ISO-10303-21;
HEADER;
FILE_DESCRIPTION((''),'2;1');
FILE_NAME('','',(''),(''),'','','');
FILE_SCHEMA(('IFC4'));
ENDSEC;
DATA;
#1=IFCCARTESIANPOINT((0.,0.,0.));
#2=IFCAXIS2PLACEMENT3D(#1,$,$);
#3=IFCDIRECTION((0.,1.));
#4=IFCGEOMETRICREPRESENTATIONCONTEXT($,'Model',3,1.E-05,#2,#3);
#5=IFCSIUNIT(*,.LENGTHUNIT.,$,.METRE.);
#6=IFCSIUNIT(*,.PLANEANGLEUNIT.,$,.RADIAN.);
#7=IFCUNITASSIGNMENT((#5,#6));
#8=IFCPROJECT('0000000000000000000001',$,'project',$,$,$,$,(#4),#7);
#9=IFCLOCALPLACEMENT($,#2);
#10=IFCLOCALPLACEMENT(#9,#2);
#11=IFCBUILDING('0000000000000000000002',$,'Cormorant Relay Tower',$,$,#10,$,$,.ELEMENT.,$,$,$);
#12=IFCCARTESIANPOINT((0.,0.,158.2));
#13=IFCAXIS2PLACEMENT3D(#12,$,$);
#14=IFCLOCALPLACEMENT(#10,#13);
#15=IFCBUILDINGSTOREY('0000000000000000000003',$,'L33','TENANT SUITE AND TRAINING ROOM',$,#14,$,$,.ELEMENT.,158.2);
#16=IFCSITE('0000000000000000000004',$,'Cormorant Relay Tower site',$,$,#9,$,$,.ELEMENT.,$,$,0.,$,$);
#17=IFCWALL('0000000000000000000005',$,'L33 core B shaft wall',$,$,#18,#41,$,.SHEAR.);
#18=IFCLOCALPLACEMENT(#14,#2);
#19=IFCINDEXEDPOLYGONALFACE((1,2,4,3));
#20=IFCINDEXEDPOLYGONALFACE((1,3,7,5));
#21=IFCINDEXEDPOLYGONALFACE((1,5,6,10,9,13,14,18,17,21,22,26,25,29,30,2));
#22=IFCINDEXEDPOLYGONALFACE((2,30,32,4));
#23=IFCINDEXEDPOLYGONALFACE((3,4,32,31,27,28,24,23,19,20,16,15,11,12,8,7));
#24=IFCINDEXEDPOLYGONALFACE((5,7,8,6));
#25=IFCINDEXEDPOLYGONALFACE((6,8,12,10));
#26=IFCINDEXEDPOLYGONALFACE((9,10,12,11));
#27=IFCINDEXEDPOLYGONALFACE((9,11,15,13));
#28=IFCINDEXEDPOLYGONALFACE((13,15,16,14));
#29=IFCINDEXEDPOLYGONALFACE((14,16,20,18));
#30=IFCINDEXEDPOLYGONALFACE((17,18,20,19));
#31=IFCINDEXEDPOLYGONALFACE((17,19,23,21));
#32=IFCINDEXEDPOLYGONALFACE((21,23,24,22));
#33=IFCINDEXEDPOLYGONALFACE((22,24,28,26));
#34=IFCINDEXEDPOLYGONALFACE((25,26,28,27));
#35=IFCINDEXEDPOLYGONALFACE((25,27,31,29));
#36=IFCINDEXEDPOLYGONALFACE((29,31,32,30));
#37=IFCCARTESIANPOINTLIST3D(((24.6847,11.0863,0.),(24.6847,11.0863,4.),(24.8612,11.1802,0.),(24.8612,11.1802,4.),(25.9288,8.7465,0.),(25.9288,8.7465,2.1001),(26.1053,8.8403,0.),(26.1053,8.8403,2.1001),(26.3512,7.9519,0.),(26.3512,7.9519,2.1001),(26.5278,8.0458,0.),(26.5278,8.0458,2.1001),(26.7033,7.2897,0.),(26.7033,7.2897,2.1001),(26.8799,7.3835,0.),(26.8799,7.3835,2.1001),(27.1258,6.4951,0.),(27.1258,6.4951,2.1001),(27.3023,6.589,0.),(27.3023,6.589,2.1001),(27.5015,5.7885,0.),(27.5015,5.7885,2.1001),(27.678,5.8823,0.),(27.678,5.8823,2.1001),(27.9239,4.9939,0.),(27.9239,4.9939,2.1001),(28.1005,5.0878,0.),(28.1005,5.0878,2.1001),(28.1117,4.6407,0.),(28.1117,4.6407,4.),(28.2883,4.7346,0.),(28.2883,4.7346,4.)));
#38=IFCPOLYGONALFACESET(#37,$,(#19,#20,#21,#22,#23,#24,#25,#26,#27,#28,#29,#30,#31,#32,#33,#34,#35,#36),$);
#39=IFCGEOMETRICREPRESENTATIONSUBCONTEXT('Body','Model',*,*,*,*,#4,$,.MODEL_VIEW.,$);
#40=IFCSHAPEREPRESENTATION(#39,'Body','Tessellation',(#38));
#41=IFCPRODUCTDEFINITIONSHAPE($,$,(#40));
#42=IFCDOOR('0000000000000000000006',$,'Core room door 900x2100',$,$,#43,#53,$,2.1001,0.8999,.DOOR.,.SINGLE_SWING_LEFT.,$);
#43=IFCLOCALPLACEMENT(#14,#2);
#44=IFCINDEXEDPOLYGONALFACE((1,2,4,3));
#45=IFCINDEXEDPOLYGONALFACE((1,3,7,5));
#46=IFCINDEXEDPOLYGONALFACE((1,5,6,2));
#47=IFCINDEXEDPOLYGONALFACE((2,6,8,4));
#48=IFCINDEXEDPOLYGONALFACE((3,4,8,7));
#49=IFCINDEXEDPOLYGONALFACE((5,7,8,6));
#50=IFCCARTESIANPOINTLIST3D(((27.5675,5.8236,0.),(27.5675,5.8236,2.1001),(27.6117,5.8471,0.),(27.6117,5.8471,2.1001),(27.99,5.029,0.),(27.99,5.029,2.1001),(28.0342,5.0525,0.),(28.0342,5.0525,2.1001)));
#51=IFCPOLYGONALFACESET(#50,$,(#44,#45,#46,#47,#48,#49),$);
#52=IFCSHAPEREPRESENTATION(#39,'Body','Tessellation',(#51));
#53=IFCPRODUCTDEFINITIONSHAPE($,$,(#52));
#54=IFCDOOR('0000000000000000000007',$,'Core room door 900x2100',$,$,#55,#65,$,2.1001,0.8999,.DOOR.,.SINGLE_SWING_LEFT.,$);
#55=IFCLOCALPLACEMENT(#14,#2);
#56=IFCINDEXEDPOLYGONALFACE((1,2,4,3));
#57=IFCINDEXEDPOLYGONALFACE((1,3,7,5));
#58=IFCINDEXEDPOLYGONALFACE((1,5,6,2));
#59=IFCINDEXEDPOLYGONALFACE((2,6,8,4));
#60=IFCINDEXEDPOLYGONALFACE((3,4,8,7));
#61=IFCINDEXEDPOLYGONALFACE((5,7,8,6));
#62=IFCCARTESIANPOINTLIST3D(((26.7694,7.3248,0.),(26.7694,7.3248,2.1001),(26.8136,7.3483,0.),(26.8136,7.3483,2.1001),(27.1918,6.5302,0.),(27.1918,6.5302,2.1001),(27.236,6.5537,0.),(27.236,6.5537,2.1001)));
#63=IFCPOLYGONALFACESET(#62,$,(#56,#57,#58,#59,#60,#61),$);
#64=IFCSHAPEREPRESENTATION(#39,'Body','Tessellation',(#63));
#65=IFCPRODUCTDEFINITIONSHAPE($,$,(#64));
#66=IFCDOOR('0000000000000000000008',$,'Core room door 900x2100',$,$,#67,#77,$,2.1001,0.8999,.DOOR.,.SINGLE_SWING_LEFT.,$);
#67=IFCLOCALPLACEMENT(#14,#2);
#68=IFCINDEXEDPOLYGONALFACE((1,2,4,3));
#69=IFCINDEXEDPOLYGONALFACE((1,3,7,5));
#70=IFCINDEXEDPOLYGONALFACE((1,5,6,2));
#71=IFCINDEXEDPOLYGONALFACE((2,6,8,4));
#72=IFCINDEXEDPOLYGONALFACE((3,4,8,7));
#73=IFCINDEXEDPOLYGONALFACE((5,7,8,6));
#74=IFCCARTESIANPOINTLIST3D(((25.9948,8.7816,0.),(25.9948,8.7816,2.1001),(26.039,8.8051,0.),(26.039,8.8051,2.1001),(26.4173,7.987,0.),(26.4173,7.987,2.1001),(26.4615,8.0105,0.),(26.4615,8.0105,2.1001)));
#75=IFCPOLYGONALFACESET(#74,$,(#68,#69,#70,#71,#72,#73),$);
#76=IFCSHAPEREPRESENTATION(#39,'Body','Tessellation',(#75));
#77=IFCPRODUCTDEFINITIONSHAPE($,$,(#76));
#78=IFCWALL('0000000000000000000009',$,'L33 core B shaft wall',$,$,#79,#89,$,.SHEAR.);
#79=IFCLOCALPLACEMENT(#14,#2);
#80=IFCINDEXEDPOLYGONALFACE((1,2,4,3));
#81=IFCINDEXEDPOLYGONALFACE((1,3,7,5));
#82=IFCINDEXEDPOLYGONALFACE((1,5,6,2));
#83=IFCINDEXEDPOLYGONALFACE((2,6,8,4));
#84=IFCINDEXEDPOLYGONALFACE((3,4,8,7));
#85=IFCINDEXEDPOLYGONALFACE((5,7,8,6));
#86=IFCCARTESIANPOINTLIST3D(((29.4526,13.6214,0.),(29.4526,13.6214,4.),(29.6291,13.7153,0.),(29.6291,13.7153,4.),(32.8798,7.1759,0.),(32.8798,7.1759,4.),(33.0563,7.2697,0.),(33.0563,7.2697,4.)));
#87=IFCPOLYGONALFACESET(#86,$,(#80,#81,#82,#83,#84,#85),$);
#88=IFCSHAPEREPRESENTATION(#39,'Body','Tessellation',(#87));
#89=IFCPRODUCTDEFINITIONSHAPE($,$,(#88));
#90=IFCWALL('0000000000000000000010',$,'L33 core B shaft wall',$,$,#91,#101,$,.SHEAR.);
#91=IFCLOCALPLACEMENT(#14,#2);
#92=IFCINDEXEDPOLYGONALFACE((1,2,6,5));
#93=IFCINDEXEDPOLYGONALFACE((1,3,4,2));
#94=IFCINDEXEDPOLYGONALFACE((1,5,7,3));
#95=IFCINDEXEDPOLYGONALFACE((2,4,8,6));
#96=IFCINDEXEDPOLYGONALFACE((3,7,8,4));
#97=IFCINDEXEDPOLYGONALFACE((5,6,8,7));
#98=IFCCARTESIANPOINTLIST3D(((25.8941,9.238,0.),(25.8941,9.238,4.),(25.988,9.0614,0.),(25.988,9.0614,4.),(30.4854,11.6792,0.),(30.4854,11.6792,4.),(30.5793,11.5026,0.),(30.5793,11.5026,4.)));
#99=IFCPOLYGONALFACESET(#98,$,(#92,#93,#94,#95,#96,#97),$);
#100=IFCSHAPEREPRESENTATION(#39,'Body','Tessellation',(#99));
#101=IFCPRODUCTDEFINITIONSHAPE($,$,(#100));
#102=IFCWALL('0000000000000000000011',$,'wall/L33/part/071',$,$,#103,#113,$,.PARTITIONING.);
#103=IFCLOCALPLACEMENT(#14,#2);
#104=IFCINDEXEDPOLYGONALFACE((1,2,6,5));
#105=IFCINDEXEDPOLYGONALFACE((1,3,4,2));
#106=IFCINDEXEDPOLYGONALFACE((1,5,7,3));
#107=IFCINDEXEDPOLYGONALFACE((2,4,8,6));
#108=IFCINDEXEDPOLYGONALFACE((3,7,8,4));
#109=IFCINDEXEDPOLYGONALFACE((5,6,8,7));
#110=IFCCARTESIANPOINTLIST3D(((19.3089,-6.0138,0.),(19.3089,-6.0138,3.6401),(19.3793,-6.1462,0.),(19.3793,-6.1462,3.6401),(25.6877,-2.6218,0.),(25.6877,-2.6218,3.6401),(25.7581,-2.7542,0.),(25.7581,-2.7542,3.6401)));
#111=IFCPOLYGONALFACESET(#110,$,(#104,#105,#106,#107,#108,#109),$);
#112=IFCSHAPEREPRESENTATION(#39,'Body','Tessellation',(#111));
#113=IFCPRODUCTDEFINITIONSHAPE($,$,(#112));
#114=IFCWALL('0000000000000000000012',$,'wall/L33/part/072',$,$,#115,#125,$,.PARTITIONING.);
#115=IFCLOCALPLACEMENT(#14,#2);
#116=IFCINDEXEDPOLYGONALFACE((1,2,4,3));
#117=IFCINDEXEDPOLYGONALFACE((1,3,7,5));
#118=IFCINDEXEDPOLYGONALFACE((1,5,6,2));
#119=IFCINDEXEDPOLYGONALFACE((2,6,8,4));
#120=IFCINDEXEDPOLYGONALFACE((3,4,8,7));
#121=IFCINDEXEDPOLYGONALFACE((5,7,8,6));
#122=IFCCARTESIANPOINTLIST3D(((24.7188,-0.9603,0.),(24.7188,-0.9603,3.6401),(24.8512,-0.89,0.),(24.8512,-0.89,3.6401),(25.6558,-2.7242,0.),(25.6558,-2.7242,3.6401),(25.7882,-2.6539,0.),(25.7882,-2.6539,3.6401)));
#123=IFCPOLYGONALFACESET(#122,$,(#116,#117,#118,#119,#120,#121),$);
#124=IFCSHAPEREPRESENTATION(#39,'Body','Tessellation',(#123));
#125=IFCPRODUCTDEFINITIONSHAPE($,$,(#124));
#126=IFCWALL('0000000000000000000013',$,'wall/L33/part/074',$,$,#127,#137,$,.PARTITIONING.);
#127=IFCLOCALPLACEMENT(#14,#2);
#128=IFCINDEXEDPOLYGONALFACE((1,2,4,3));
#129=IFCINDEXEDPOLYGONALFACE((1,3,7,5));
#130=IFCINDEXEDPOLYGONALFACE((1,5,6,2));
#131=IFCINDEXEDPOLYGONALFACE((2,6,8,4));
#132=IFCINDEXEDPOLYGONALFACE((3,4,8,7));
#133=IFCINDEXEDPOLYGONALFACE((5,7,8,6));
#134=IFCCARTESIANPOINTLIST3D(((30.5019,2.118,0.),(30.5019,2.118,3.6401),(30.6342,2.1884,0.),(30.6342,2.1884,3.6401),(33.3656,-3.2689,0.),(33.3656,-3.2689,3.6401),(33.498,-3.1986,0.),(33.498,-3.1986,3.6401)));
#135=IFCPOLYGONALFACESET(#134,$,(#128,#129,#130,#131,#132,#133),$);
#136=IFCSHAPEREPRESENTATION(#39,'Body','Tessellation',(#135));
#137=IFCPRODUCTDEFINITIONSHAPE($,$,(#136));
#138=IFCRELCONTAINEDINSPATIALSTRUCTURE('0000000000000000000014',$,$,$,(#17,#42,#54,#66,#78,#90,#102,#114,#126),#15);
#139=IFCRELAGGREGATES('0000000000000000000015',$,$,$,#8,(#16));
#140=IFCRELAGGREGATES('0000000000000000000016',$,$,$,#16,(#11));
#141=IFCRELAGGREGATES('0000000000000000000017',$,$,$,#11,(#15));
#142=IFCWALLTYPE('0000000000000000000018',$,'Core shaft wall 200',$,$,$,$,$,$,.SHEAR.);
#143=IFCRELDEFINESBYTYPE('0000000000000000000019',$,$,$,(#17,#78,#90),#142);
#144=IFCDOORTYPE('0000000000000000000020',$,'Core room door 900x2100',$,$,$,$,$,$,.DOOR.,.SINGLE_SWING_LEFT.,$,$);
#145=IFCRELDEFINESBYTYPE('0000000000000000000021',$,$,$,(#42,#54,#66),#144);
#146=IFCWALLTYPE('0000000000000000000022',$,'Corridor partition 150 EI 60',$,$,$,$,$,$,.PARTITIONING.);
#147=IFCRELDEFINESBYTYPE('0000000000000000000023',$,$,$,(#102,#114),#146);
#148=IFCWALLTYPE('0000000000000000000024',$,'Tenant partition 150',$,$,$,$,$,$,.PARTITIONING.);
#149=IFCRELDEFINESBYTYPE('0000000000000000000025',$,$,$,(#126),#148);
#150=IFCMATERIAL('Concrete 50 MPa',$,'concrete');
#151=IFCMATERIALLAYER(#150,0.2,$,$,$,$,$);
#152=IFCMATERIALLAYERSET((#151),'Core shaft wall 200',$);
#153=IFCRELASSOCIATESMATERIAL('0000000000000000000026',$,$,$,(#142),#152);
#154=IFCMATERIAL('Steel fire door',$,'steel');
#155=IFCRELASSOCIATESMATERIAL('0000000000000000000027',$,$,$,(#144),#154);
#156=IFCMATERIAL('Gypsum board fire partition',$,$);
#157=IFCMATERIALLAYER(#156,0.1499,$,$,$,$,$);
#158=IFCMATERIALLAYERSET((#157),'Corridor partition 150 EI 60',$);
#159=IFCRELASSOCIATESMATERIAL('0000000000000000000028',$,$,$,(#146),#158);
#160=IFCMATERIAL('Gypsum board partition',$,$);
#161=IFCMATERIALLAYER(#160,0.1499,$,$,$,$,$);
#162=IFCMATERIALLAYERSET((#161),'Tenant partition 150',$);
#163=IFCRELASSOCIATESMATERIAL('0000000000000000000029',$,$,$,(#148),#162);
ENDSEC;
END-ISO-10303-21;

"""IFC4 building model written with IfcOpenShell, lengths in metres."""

from ifc_helpers import new_model, si_unit, direction, frame, frame_2d, origin, place, context, subcontext, project, spatial, rectangle, extrude, material, layer, layer_set, type_object, element, fill, save


model = new_model("IFC4")

# Units and contexts
model_context = context("Model", 3, precision=1e-05, world=origin(), true_north=direction((0.0, 1.0)))
body_context = subcontext(model_context, "Body", "Model", "MODEL_VIEW")
ifc_project = project(units=[si_unit("LENGTHUNIT", "METRE"), si_unit("PLANEANGLEUNIT", "RADIAN")], contexts=[model_context])

# Site, building, storey
site_placement = place(None, origin())
site = spatial("IfcSite", under=ifc_project, at=site_placement, Name="Cormorant Relay Tower site", CompositionType="ELEMENT", RefElevation=0.0)
building_placement = place(site_placement, origin())
building = spatial("IfcBuilding", under=site, at=building_placement, Name="Cormorant Relay Tower", CompositionType="ELEMENT")
storey_placement = place(building_placement, frame((0.0, 0.0, 158.2)))
storey = spatial("IfcBuildingStorey", under=building, at=storey_placement, Name="L33", Description="TENANT SUITE AND TRAINING ROOM", CompositionType="ELEMENT", Elevation=158.2)

# Shared definitions
ifc_material_1 = material(Name="Concrete 50 MPa", Category="concrete")
ifc_layer_1 = layer(ifc_material_1, 0.2)
ifc_layer_set_1 = layer_set([ifc_layer_1], Name="Core shaft wall 200")
wall_type_1 = type_object("IfcWallType", Name="Core shaft wall 200", PredefinedType="SHEAR", material=ifc_layer_set_1)

# Wall, openings, doors
wall_1_placement = place(storey_placement, frame((28.2, 4.6877, 0.0), z_axis=(0.0, 0.0, 1.0), x_axis=(-0.469454, 0.882957, 0.0)))
wall_1 = element("IfcWall", 1, at=wall_1_placement, inside=storey, type_object=wall_type_1, Name="L33 core B shaft wall", PredefinedType="SHEAR", context=body_context, shape_type="SweptSolid", body=[
    extrude(rectangle(XDim=7.3, YDim=0.2, at=frame_2d((3.6499, 0.0))), origin(), (0.0, 0.0, 1.0), 4.0),
])
opening_1_placement = place(wall_1_placement, frame((0.3999, 0.0, 0.0)))
opening_1 = element("IfcOpeningElement", 2, at=opening_1_placement, cuts=wall_1, PredefinedType="OPENING", context=body_context, shape_type="SweptSolid", body=[
    extrude(rectangle(XDim=0.8999, YDim=2.1001, at=frame_2d((0.45, 1.05))), frame((0.0, 0.1099, 0.0), z_axis=(0.0, -1.0, 0.0), x_axis=(1.0, 0.0, 0.0)), (0.0, 0.0, 1.0), 0.22),
])
opening_2_placement = place(wall_1_placement, frame((2.1001, 0.0, 0.0)))
opening_2 = element("IfcOpeningElement", 3, at=opening_2_placement, cuts=wall_1, PredefinedType="OPENING", context=body_context, shape_type="SweptSolid", body=[
    extrude(rectangle(XDim=0.8999, YDim=2.1001, at=frame_2d((0.45, 1.05))), frame((0.0, 0.1099, 0.0), z_axis=(0.0, -1.0, 0.0), x_axis=(1.0, 0.0, 0.0)), (0.0, 0.0, 1.0), 0.22),
])
opening_3_placement = place(wall_1_placement, frame((3.75, 0.0, 0.0)))
opening_3 = element("IfcOpeningElement", 4, at=opening_3_placement, cuts=wall_1, PredefinedType="OPENING", context=body_context, shape_type="SweptSolid", body=[
    extrude(rectangle(XDim=0.8999, YDim=2.1001, at=frame_2d((0.45, 1.05))), frame((0.0, 0.1099, 0.0), z_axis=(0.0, -1.0, 0.0), x_axis=(1.0, 0.0, 0.0)), (0.0, 0.0, 1.0), 0.22),
])
ifc_material_2 = material(Name="Steel fire door", Category="steel")
door_type_1 = type_object("IfcDoorType", Name="Core room door 900x2100", OperationType="SINGLE_SWING_LEFT", PredefinedType="DOOR", material=ifc_material_2)
door_1_placement = place(opening_1_placement, frame((0.8999, 0.0, 0.0), z_axis=(0.0, 0.0, 1.0), x_axis=(-1.0, 0.0, 0.0)))
door_1 = element("IfcDoor", 5, at=door_1_placement, inside=storey, type_object=door_type_1, Name="Core room door 900x2100", OperationType="SINGLE_SWING_LEFT", OverallHeight=2.1001, OverallWidth=0.8999, PredefinedType="DOOR", context=body_context, shape_type="SweptSolid", body=[
    extrude(rectangle(XDim=0.8999, YDim=2.1001, at=frame_2d((0.45, 1.05))), frame((0.0, 0.0249, 0.0), z_axis=(0.0, -1.0, 0.0), x_axis=(1.0, 0.0, 0.0)), (0.0, 0.0, 1.0), 0.05),
])
fill(opening_1, door_1)
door_2_placement = place(opening_2_placement, frame((0.8999, 0.0, 0.0), z_axis=(0.0, 0.0, 1.0), x_axis=(-1.0, 0.0, 0.0)))
door_2 = element("IfcDoor", 6, at=door_2_placement, inside=storey, type_object=door_type_1, Name="Core room door 900x2100", OperationType="SINGLE_SWING_LEFT", OverallHeight=2.1001, OverallWidth=0.8999, PredefinedType="DOOR", context=body_context, shape_type="SweptSolid", body=[
    extrude(rectangle(XDim=0.8999, YDim=2.1001, at=frame_2d((0.45, 1.05))), frame((0.0, 0.0249, 0.0), z_axis=(0.0, -1.0, 0.0), x_axis=(1.0, 0.0, 0.0)), (0.0, 0.0, 1.0), 0.05),
])
fill(opening_2, door_2)
door_3_placement = place(opening_3_placement, frame((0.8999, 0.0, 0.0), z_axis=(0.0, 0.0, 1.0), x_axis=(-1.0, 0.0, 0.0)))
door_3 = element("IfcDoor", 7, at=door_3_placement, inside=storey, type_object=door_type_1, Name="Core room door 900x2100", OperationType="SINGLE_SWING_LEFT", OverallHeight=2.1001, OverallWidth=0.8999, PredefinedType="DOOR", context=body_context, shape_type="SweptSolid", body=[
    extrude(rectangle(XDim=0.8999, YDim=2.1001, at=frame_2d((0.45, 1.05))), frame((0.0, 0.0249, 0.0), z_axis=(0.0, -1.0, 0.0), x_axis=(1.0, 0.0, 0.0)), (0.0, 0.0, 1.0), 0.05),
])
fill(opening_3, door_3)

# Walls
wall_2_placement = place(storey_placement, frame((32.968, 7.2229, 0.0), z_axis=(0.0, 0.0, 1.0), x_axis=(-0.46948, 0.882943, 0.0)))
element("IfcWall", 8, at=wall_2_placement, inside=storey, type_object=wall_type_1, Name="L33 core B shaft wall", PredefinedType="SHEAR", context=body_context, shape_type="SweptSolid", body=[
    extrude(rectangle(XDim=7.3, YDim=0.2, at=frame_2d((3.6499, 0.0))), origin(), (0.0, 0.0, 1.0), 4.0),
])
wall_3_placement = place(storey_placement, frame((25.9409, 9.1497, 0.0), z_axis=(0.0, 0.0, 1.0), x_axis=(0.882954, 0.46946, 0.0)))
element("IfcWall", 9, at=wall_3_placement, inside=storey, type_object=wall_type_1, Name="L33 core B shaft wall", PredefinedType="SHEAR", context=body_context, shape_type="SweptSolid", body=[
    extrude(rectangle(XDim=5.2, YDim=0.2, at=frame_2d((2.6001, 0.0))), origin(), (0.0, 0.0, 1.0), 4.0),
])
ifc_material_3 = material(Name="Gypsum board fire partition")
ifc_layer_2 = layer(ifc_material_3, 0.1499)
ifc_layer_set_2 = layer_set([ifc_layer_2], Name="Corridor partition 150 EI 60")
wall_type_2 = type_object("IfcWallType", Name="Corridor partition 150 EI 60", PredefinedType="PARTITIONING", material=ifc_layer_set_2)
wall_4_placement = place(storey_placement, frame((25.7229, -2.688, 0.0), z_axis=(0.0, 0.0, 1.0), x_axis=(-0.882927, -0.469511, 0.0)))
element("IfcWall", 10, at=wall_4_placement, inside=storey, type_object=wall_type_2, Name="wall/L33/part/071", PredefinedType="PARTITIONING", context=body_context, shape_type="SweptSolid", body=[
    extrude(rectangle(XDim=7.2246, YDim=0.1499, at=frame_2d((3.6123, 0.0))), origin(), (0.0, 0.0, 1.0), 3.6401),
])
wall_5_placement = place(storey_placement, frame((25.7219, -2.689, 0.0), z_axis=(0.0, 0.0, 1.0), x_axis=(-0.469128, 0.88313, 0.0)))
element("IfcWall", 11, at=wall_5_placement, inside=storey, type_object=wall_type_2, Name="wall/L33/part/072", PredefinedType="PARTITIONING", context=body_context, shape_type="SweptSolid", body=[
    extrude(rectangle(XDim=1.9973, YDim=0.1499, at=frame_2d((0.9985, 0.0))), origin(), (0.0, 0.0, 1.0), 3.6401),
])
ifc_material_4 = material(Name="Gypsum board partition")
ifc_layer_3 = layer(ifc_material_4, 0.1499)
ifc_layer_set_3 = layer_set([ifc_layer_3], Name="Tenant partition 150")
wall_type_3 = type_object("IfcWallType", Name="Tenant partition 150", PredefinedType="PARTITIONING", material=ifc_layer_set_3)
wall_6_placement = place(storey_placement, frame((30.5681, 2.1531, 0.0), z_axis=(0.0, 0.0, 1.0), x_axis=(0.469404, -0.882984, 0.0)))
element("IfcWall", 12, at=wall_6_placement, inside=storey, type_object=wall_type_3, Name="wall/L33/part/074", PredefinedType="PARTITIONING", context=body_context, shape_type="SweptSolid", body=[
    extrude(rectangle(XDim=6.1008, YDim=0.1499, at=frame_2d((3.0503, 0.0))), origin(), (0.0, 0.0, 1.0), 3.6401),
])

save(model, "model.ifc")
